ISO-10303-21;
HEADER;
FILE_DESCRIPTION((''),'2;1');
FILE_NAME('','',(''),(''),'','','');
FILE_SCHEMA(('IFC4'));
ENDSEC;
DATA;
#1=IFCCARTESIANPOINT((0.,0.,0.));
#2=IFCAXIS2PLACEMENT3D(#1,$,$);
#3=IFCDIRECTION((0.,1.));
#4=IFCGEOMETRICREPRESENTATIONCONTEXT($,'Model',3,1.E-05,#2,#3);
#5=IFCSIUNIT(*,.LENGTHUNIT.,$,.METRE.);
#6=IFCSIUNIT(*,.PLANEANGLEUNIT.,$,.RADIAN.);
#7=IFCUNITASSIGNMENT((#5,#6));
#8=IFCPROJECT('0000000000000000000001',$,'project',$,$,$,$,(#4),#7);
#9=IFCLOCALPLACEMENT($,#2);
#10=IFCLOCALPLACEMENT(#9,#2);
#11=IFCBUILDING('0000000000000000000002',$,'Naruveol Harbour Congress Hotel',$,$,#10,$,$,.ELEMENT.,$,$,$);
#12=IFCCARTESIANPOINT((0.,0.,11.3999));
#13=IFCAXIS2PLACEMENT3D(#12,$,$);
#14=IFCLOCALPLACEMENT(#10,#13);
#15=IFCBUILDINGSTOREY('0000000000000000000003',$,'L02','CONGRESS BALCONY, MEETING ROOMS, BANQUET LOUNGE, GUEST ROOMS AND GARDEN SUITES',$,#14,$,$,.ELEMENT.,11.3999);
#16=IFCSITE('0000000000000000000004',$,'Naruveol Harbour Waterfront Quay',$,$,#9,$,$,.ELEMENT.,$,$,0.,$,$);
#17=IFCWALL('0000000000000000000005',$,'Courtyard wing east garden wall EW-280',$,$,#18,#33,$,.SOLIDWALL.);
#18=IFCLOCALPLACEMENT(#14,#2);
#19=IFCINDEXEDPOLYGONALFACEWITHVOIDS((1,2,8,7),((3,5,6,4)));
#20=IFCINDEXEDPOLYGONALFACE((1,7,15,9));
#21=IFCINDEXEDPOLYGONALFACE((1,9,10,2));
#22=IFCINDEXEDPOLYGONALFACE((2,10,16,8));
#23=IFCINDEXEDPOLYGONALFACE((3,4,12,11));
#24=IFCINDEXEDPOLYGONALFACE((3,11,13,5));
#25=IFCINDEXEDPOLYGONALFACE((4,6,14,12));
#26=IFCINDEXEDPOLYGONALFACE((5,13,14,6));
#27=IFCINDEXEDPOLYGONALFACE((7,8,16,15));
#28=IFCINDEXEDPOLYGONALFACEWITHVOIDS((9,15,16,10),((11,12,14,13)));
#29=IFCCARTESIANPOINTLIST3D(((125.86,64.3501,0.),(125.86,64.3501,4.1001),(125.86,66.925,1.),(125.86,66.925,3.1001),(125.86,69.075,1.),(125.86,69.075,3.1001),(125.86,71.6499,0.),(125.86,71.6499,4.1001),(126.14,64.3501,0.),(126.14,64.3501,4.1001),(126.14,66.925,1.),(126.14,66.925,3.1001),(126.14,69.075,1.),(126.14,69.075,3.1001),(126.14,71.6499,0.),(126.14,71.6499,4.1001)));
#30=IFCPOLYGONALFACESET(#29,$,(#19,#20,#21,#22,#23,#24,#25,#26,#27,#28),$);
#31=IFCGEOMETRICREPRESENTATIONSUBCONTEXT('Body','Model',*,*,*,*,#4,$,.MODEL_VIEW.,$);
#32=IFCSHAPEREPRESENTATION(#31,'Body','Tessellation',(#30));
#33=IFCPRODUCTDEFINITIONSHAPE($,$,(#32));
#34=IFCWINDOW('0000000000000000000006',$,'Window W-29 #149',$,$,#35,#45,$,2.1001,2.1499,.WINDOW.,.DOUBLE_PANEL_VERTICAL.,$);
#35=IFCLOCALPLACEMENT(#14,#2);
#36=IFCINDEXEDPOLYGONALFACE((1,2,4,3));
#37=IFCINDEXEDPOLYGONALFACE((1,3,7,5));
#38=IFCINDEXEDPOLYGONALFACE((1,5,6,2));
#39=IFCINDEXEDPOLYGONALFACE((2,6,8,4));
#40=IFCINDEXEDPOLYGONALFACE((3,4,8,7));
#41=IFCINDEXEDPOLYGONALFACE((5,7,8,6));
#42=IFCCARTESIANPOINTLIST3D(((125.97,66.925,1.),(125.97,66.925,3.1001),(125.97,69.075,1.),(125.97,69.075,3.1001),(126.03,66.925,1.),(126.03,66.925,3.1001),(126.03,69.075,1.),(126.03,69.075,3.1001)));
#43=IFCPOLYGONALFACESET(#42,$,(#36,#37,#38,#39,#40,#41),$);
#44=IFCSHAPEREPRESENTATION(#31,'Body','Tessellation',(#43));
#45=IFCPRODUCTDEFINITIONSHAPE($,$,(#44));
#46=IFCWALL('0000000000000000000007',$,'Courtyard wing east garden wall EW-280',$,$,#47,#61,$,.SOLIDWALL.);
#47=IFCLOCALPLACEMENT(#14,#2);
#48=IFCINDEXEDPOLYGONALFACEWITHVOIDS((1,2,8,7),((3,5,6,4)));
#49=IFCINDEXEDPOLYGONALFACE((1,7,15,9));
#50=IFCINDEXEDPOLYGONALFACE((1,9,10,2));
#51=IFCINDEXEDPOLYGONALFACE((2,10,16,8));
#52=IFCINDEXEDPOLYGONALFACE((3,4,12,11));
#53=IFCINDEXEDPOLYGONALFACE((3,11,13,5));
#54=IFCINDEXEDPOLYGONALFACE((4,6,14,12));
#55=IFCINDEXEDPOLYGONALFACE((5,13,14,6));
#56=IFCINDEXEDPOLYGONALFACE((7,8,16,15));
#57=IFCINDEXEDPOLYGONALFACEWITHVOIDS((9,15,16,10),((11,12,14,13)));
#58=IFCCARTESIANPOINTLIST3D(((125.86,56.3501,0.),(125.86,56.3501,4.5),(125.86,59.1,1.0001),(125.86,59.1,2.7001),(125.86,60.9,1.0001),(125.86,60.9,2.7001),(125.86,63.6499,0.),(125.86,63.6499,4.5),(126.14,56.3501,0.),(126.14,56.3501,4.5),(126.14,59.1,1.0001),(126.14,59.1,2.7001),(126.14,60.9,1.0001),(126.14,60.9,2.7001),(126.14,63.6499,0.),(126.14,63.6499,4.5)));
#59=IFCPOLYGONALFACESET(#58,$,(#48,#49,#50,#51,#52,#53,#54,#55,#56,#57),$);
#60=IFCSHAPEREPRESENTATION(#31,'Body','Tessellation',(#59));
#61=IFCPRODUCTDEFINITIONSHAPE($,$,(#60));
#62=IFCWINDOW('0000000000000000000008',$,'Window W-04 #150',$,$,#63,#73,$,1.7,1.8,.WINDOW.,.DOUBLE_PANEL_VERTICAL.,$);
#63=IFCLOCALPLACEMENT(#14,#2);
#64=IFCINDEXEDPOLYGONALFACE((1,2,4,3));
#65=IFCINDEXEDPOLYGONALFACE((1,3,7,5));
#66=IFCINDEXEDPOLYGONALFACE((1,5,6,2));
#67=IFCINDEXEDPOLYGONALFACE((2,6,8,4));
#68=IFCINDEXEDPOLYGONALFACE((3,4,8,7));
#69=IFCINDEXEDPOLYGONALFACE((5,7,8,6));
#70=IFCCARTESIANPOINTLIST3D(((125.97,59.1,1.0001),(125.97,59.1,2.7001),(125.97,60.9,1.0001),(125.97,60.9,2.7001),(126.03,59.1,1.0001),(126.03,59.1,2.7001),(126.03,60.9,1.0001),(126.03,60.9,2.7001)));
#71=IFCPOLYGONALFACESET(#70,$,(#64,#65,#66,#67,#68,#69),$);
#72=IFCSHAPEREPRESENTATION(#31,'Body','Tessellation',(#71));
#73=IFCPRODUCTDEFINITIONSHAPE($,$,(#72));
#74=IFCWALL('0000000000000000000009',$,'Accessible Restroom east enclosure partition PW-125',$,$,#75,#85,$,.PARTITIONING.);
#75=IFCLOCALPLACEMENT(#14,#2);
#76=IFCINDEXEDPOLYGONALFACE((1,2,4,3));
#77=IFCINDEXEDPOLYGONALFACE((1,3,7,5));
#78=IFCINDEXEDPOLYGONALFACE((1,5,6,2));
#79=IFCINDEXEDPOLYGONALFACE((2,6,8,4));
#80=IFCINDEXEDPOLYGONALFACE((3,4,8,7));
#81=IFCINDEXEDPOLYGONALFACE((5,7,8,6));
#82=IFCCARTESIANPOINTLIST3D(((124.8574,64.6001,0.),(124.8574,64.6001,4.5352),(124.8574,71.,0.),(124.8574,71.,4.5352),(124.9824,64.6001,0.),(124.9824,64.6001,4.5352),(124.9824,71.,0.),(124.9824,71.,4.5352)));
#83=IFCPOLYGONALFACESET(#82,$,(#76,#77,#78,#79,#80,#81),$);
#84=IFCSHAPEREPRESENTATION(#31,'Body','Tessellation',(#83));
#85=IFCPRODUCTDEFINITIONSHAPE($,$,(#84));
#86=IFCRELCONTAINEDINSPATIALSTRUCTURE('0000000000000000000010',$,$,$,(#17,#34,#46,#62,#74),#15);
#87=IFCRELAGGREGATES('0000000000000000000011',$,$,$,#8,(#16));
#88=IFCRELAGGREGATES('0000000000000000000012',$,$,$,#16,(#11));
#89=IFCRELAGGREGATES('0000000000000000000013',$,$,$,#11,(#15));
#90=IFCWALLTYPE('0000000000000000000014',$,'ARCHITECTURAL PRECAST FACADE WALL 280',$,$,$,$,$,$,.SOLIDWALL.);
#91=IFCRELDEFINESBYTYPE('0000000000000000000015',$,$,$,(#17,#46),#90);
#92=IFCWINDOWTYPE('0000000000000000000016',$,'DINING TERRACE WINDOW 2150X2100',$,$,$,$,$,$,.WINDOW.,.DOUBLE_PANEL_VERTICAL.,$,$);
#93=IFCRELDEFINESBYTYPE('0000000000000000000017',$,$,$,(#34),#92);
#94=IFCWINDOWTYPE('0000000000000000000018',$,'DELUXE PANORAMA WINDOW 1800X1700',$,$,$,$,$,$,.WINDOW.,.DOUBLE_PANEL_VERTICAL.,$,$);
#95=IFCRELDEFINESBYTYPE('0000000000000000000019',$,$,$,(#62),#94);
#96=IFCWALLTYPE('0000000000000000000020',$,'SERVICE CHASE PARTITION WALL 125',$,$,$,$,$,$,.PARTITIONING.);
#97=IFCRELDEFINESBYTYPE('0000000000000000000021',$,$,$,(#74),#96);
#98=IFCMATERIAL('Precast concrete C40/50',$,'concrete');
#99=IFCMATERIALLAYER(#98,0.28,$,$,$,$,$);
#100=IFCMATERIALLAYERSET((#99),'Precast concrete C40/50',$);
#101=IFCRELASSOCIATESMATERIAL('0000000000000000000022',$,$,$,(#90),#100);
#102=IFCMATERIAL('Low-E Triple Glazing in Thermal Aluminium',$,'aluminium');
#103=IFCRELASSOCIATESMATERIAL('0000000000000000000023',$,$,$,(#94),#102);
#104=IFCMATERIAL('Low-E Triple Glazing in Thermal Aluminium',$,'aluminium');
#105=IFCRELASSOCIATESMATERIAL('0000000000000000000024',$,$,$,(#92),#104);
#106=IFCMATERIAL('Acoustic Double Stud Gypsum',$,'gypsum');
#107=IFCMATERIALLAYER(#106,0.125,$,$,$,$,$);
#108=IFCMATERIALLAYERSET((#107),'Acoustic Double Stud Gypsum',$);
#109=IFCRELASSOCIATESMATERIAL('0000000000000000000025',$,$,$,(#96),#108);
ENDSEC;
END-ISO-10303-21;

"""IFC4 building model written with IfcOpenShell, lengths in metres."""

from ifc_helpers import new_model, si_unit, direction, frame, frame_2d, origin, place, context, subcontext, project, spatial, rectangle, extrude, material, layer, layer_set, type_object, element, fill, save


model = new_model("IFC4")

# Units and contexts
model_context = context("Model", 3, precision=1e-05, world=origin(), true_north=direction((0.0, 1.0)))
body_context = subcontext(model_context, "Body", "Model", "MODEL_VIEW")
ifc_project = project(units=[si_unit("LENGTHUNIT", "METRE"), si_unit("PLANEANGLEUNIT", "RADIAN")], contexts=[model_context])

# Site, building, storey
site_placement = place(None, origin())
site = spatial("IfcSite", under=ifc_project, at=site_placement, Name="Naruveol Harbour Waterfront Quay", CompositionType="ELEMENT", RefElevation=0.0)
building_placement = place(site_placement, origin())
building = spatial("IfcBuilding", under=site, at=building_placement, Name="Naruveol Harbour Congress Hotel", CompositionType="ELEMENT")
storey_placement = place(building_placement, frame((0.0, 0.0, 11.3999)))
storey = spatial("IfcBuildingStorey", under=building, at=storey_placement, Name="L02", Description="CONGRESS BALCONY, MEETING ROOMS, BANQUET LOUNGE, GUEST ROOMS AND GARDEN SUITES", CompositionType="ELEMENT", Elevation=11.3999)

# Walls, openings, windows
ifc_material_1 = material(Name="Precast concrete C40/50", Category="concrete")
ifc_layer_1 = layer(ifc_material_1, 0.28)
ifc_layer_set_1 = layer_set([ifc_layer_1], Name="Precast concrete C40/50")
wall_type_1 = type_object("IfcWallType", Name="ARCHITECTURAL PRECAST FACADE WALL 280", PredefinedType="SOLIDWALL", material=ifc_layer_set_1)
ifc_material_2 = material(Name="Low-E Triple Glazing in Thermal Aluminium", Category="aluminium")
window_type_1 = type_object("IfcWindowType", Name="DELUXE PANORAMA WINDOW 1800X1700", PartitioningType="DOUBLE_PANEL_VERTICAL", PredefinedType="WINDOW", material=ifc_material_2)
wall_1_placement = place(storey_placement, frame((126.0, 71.6499, 0.0), z_axis=(0.0, 0.0, 1.0), x_axis=(0.0, -1.0, 0.0)))
wall_1 = element("IfcWall", 1, at=wall_1_placement, inside=storey, type_object=wall_type_1, Name="Courtyard wing east garden wall EW-280", PredefinedType="SOLIDWALL", context=body_context, shape_type="SweptSolid", body=[
    extrude(rectangle(XDim=7.2998, YDim=0.28, at=frame_2d((3.6499, 0.0))), origin(), (0.0, 0.0, 1.0), 4.1001),
])
opening_1_placement = place(wall_1_placement, frame((2.575, 0.0, 1.0)))
opening_1 = element("IfcOpeningElement", 2, at=opening_1_placement, cuts=wall_1, PredefinedType="OPENING", context=body_context, shape_type="SweptSolid", body=[
    extrude(rectangle(XDim=2.1499, YDim=2.1001, at=frame_2d((1.075, 1.05))), frame((0.0, 0.1499, 0.0), z_axis=(0.0, -1.0, 0.0), x_axis=(1.0, 0.0, 0.0)), (0.0, 0.0, 1.0), 0.3),
])
ifc_material_3 = material(Name="Low-E Triple Glazing in Thermal Aluminium", Category="aluminium")
window_type_2 = type_object("IfcWindowType", Name="DINING TERRACE WINDOW 2150X2100", PartitioningType="DOUBLE_PANEL_VERTICAL", PredefinedType="WINDOW", material=ifc_material_3)
window_1_placement = place(opening_1_placement, origin())
window_1 = element("IfcWindow", 3, at=window_1_placement, inside=storey, type_object=window_type_2, Name="Window W-29 #149", OverallHeight=2.1001, OverallWidth=2.1499, PartitioningType="DOUBLE_PANEL_VERTICAL", PredefinedType="WINDOW", context=body_context, shape_type="SweptSolid", body=[
    extrude(rectangle(XDim=2.1499, YDim=2.1001, at=frame_2d((1.075, 1.05))), frame((0.0, 0.03, 0.0), z_axis=(0.0, -1.0, 0.0), x_axis=(1.0, 0.0, 0.0)), (0.0, 0.0, 1.0), 0.0601),
])
fill(opening_1, window_1)
wall_2_placement = place(storey_placement, frame((126.0, 63.6499, 0.0), z_axis=(0.0, 0.0, 1.0), x_axis=(0.0, -1.0, 0.0)))
wall_2 = element("IfcWall", 4, at=wall_2_placement, inside=storey, type_object=wall_type_1, Name="Courtyard wing east garden wall EW-280", PredefinedType="SOLIDWALL", context=body_context, shape_type="SweptSolid", body=[
    extrude(rectangle(XDim=7.2998, YDim=0.28, at=frame_2d((3.6499, 0.0))), origin(), (0.0, 0.0, 1.0), 4.5),
])
opening_2_placement = place(wall_2_placement, frame((2.75, 0.0, 1.0)))
opening_2 = element("IfcOpeningElement", 5, at=opening_2_placement, cuts=wall_2, PredefinedType="OPENING", context=body_context, shape_type="SweptSolid", body=[
    extrude(rectangle(XDim=1.8, YDim=1.7, at=frame_2d((0.8999, 0.8501))), frame((0.0, 0.1499, 0.0), z_axis=(0.0, -1.0, 0.0), x_axis=(1.0, 0.0, 0.0)), (0.0, 0.0, 1.0), 0.3),
])
window_2_placement = place(opening_2_placement, origin())
window_2 = element("IfcWindow", 6, at=window_2_placement, inside=storey, type_object=window_type_1, Name="Window W-04 #150", OverallHeight=1.7, OverallWidth=1.8, PartitioningType="DOUBLE_PANEL_VERTICAL", PredefinedType="WINDOW", context=body_context, shape_type="SweptSolid", body=[
    extrude(rectangle(XDim=1.8, YDim=1.7, at=frame_2d((0.8999, 0.8501))), frame((0.0, 0.03, 0.0), z_axis=(0.0, -1.0, 0.0), x_axis=(1.0, 0.0, 0.0)), (0.0, 0.0, 1.0), 0.0601),
])
fill(opening_2, window_2)

# Wall
ifc_material_4 = material(Name="Acoustic Double Stud Gypsum", Category="gypsum")
ifc_layer_2 = layer(ifc_material_4, 0.125)
ifc_layer_set_2 = layer_set([ifc_layer_2], Name="Acoustic Double Stud Gypsum")
wall_type_2 = type_object("IfcWallType", Name="SERVICE CHASE PARTITION WALL 125", PredefinedType="PARTITIONING", material=ifc_layer_set_2)
wall_3_placement = place(storey_placement, frame((124.9199, 64.6001, 0.0), z_axis=(0.0, 0.0, 1.0), x_axis=(0.0, 1.0, 0.0)))
element("IfcWall", 7, at=wall_3_placement, inside=storey, type_object=wall_type_2, Name="Accessible Restroom east enclosure partition PW-125", PredefinedType="PARTITIONING", context=body_context, shape_type="SweptSolid", body=[
    extrude(rectangle(XDim=6.3999, YDim=0.125, at=frame_2d((3.2, 0.0))), origin(), (0.0, 0.0, 1.0), 4.5352),
])

save(model, "model.ifc")
